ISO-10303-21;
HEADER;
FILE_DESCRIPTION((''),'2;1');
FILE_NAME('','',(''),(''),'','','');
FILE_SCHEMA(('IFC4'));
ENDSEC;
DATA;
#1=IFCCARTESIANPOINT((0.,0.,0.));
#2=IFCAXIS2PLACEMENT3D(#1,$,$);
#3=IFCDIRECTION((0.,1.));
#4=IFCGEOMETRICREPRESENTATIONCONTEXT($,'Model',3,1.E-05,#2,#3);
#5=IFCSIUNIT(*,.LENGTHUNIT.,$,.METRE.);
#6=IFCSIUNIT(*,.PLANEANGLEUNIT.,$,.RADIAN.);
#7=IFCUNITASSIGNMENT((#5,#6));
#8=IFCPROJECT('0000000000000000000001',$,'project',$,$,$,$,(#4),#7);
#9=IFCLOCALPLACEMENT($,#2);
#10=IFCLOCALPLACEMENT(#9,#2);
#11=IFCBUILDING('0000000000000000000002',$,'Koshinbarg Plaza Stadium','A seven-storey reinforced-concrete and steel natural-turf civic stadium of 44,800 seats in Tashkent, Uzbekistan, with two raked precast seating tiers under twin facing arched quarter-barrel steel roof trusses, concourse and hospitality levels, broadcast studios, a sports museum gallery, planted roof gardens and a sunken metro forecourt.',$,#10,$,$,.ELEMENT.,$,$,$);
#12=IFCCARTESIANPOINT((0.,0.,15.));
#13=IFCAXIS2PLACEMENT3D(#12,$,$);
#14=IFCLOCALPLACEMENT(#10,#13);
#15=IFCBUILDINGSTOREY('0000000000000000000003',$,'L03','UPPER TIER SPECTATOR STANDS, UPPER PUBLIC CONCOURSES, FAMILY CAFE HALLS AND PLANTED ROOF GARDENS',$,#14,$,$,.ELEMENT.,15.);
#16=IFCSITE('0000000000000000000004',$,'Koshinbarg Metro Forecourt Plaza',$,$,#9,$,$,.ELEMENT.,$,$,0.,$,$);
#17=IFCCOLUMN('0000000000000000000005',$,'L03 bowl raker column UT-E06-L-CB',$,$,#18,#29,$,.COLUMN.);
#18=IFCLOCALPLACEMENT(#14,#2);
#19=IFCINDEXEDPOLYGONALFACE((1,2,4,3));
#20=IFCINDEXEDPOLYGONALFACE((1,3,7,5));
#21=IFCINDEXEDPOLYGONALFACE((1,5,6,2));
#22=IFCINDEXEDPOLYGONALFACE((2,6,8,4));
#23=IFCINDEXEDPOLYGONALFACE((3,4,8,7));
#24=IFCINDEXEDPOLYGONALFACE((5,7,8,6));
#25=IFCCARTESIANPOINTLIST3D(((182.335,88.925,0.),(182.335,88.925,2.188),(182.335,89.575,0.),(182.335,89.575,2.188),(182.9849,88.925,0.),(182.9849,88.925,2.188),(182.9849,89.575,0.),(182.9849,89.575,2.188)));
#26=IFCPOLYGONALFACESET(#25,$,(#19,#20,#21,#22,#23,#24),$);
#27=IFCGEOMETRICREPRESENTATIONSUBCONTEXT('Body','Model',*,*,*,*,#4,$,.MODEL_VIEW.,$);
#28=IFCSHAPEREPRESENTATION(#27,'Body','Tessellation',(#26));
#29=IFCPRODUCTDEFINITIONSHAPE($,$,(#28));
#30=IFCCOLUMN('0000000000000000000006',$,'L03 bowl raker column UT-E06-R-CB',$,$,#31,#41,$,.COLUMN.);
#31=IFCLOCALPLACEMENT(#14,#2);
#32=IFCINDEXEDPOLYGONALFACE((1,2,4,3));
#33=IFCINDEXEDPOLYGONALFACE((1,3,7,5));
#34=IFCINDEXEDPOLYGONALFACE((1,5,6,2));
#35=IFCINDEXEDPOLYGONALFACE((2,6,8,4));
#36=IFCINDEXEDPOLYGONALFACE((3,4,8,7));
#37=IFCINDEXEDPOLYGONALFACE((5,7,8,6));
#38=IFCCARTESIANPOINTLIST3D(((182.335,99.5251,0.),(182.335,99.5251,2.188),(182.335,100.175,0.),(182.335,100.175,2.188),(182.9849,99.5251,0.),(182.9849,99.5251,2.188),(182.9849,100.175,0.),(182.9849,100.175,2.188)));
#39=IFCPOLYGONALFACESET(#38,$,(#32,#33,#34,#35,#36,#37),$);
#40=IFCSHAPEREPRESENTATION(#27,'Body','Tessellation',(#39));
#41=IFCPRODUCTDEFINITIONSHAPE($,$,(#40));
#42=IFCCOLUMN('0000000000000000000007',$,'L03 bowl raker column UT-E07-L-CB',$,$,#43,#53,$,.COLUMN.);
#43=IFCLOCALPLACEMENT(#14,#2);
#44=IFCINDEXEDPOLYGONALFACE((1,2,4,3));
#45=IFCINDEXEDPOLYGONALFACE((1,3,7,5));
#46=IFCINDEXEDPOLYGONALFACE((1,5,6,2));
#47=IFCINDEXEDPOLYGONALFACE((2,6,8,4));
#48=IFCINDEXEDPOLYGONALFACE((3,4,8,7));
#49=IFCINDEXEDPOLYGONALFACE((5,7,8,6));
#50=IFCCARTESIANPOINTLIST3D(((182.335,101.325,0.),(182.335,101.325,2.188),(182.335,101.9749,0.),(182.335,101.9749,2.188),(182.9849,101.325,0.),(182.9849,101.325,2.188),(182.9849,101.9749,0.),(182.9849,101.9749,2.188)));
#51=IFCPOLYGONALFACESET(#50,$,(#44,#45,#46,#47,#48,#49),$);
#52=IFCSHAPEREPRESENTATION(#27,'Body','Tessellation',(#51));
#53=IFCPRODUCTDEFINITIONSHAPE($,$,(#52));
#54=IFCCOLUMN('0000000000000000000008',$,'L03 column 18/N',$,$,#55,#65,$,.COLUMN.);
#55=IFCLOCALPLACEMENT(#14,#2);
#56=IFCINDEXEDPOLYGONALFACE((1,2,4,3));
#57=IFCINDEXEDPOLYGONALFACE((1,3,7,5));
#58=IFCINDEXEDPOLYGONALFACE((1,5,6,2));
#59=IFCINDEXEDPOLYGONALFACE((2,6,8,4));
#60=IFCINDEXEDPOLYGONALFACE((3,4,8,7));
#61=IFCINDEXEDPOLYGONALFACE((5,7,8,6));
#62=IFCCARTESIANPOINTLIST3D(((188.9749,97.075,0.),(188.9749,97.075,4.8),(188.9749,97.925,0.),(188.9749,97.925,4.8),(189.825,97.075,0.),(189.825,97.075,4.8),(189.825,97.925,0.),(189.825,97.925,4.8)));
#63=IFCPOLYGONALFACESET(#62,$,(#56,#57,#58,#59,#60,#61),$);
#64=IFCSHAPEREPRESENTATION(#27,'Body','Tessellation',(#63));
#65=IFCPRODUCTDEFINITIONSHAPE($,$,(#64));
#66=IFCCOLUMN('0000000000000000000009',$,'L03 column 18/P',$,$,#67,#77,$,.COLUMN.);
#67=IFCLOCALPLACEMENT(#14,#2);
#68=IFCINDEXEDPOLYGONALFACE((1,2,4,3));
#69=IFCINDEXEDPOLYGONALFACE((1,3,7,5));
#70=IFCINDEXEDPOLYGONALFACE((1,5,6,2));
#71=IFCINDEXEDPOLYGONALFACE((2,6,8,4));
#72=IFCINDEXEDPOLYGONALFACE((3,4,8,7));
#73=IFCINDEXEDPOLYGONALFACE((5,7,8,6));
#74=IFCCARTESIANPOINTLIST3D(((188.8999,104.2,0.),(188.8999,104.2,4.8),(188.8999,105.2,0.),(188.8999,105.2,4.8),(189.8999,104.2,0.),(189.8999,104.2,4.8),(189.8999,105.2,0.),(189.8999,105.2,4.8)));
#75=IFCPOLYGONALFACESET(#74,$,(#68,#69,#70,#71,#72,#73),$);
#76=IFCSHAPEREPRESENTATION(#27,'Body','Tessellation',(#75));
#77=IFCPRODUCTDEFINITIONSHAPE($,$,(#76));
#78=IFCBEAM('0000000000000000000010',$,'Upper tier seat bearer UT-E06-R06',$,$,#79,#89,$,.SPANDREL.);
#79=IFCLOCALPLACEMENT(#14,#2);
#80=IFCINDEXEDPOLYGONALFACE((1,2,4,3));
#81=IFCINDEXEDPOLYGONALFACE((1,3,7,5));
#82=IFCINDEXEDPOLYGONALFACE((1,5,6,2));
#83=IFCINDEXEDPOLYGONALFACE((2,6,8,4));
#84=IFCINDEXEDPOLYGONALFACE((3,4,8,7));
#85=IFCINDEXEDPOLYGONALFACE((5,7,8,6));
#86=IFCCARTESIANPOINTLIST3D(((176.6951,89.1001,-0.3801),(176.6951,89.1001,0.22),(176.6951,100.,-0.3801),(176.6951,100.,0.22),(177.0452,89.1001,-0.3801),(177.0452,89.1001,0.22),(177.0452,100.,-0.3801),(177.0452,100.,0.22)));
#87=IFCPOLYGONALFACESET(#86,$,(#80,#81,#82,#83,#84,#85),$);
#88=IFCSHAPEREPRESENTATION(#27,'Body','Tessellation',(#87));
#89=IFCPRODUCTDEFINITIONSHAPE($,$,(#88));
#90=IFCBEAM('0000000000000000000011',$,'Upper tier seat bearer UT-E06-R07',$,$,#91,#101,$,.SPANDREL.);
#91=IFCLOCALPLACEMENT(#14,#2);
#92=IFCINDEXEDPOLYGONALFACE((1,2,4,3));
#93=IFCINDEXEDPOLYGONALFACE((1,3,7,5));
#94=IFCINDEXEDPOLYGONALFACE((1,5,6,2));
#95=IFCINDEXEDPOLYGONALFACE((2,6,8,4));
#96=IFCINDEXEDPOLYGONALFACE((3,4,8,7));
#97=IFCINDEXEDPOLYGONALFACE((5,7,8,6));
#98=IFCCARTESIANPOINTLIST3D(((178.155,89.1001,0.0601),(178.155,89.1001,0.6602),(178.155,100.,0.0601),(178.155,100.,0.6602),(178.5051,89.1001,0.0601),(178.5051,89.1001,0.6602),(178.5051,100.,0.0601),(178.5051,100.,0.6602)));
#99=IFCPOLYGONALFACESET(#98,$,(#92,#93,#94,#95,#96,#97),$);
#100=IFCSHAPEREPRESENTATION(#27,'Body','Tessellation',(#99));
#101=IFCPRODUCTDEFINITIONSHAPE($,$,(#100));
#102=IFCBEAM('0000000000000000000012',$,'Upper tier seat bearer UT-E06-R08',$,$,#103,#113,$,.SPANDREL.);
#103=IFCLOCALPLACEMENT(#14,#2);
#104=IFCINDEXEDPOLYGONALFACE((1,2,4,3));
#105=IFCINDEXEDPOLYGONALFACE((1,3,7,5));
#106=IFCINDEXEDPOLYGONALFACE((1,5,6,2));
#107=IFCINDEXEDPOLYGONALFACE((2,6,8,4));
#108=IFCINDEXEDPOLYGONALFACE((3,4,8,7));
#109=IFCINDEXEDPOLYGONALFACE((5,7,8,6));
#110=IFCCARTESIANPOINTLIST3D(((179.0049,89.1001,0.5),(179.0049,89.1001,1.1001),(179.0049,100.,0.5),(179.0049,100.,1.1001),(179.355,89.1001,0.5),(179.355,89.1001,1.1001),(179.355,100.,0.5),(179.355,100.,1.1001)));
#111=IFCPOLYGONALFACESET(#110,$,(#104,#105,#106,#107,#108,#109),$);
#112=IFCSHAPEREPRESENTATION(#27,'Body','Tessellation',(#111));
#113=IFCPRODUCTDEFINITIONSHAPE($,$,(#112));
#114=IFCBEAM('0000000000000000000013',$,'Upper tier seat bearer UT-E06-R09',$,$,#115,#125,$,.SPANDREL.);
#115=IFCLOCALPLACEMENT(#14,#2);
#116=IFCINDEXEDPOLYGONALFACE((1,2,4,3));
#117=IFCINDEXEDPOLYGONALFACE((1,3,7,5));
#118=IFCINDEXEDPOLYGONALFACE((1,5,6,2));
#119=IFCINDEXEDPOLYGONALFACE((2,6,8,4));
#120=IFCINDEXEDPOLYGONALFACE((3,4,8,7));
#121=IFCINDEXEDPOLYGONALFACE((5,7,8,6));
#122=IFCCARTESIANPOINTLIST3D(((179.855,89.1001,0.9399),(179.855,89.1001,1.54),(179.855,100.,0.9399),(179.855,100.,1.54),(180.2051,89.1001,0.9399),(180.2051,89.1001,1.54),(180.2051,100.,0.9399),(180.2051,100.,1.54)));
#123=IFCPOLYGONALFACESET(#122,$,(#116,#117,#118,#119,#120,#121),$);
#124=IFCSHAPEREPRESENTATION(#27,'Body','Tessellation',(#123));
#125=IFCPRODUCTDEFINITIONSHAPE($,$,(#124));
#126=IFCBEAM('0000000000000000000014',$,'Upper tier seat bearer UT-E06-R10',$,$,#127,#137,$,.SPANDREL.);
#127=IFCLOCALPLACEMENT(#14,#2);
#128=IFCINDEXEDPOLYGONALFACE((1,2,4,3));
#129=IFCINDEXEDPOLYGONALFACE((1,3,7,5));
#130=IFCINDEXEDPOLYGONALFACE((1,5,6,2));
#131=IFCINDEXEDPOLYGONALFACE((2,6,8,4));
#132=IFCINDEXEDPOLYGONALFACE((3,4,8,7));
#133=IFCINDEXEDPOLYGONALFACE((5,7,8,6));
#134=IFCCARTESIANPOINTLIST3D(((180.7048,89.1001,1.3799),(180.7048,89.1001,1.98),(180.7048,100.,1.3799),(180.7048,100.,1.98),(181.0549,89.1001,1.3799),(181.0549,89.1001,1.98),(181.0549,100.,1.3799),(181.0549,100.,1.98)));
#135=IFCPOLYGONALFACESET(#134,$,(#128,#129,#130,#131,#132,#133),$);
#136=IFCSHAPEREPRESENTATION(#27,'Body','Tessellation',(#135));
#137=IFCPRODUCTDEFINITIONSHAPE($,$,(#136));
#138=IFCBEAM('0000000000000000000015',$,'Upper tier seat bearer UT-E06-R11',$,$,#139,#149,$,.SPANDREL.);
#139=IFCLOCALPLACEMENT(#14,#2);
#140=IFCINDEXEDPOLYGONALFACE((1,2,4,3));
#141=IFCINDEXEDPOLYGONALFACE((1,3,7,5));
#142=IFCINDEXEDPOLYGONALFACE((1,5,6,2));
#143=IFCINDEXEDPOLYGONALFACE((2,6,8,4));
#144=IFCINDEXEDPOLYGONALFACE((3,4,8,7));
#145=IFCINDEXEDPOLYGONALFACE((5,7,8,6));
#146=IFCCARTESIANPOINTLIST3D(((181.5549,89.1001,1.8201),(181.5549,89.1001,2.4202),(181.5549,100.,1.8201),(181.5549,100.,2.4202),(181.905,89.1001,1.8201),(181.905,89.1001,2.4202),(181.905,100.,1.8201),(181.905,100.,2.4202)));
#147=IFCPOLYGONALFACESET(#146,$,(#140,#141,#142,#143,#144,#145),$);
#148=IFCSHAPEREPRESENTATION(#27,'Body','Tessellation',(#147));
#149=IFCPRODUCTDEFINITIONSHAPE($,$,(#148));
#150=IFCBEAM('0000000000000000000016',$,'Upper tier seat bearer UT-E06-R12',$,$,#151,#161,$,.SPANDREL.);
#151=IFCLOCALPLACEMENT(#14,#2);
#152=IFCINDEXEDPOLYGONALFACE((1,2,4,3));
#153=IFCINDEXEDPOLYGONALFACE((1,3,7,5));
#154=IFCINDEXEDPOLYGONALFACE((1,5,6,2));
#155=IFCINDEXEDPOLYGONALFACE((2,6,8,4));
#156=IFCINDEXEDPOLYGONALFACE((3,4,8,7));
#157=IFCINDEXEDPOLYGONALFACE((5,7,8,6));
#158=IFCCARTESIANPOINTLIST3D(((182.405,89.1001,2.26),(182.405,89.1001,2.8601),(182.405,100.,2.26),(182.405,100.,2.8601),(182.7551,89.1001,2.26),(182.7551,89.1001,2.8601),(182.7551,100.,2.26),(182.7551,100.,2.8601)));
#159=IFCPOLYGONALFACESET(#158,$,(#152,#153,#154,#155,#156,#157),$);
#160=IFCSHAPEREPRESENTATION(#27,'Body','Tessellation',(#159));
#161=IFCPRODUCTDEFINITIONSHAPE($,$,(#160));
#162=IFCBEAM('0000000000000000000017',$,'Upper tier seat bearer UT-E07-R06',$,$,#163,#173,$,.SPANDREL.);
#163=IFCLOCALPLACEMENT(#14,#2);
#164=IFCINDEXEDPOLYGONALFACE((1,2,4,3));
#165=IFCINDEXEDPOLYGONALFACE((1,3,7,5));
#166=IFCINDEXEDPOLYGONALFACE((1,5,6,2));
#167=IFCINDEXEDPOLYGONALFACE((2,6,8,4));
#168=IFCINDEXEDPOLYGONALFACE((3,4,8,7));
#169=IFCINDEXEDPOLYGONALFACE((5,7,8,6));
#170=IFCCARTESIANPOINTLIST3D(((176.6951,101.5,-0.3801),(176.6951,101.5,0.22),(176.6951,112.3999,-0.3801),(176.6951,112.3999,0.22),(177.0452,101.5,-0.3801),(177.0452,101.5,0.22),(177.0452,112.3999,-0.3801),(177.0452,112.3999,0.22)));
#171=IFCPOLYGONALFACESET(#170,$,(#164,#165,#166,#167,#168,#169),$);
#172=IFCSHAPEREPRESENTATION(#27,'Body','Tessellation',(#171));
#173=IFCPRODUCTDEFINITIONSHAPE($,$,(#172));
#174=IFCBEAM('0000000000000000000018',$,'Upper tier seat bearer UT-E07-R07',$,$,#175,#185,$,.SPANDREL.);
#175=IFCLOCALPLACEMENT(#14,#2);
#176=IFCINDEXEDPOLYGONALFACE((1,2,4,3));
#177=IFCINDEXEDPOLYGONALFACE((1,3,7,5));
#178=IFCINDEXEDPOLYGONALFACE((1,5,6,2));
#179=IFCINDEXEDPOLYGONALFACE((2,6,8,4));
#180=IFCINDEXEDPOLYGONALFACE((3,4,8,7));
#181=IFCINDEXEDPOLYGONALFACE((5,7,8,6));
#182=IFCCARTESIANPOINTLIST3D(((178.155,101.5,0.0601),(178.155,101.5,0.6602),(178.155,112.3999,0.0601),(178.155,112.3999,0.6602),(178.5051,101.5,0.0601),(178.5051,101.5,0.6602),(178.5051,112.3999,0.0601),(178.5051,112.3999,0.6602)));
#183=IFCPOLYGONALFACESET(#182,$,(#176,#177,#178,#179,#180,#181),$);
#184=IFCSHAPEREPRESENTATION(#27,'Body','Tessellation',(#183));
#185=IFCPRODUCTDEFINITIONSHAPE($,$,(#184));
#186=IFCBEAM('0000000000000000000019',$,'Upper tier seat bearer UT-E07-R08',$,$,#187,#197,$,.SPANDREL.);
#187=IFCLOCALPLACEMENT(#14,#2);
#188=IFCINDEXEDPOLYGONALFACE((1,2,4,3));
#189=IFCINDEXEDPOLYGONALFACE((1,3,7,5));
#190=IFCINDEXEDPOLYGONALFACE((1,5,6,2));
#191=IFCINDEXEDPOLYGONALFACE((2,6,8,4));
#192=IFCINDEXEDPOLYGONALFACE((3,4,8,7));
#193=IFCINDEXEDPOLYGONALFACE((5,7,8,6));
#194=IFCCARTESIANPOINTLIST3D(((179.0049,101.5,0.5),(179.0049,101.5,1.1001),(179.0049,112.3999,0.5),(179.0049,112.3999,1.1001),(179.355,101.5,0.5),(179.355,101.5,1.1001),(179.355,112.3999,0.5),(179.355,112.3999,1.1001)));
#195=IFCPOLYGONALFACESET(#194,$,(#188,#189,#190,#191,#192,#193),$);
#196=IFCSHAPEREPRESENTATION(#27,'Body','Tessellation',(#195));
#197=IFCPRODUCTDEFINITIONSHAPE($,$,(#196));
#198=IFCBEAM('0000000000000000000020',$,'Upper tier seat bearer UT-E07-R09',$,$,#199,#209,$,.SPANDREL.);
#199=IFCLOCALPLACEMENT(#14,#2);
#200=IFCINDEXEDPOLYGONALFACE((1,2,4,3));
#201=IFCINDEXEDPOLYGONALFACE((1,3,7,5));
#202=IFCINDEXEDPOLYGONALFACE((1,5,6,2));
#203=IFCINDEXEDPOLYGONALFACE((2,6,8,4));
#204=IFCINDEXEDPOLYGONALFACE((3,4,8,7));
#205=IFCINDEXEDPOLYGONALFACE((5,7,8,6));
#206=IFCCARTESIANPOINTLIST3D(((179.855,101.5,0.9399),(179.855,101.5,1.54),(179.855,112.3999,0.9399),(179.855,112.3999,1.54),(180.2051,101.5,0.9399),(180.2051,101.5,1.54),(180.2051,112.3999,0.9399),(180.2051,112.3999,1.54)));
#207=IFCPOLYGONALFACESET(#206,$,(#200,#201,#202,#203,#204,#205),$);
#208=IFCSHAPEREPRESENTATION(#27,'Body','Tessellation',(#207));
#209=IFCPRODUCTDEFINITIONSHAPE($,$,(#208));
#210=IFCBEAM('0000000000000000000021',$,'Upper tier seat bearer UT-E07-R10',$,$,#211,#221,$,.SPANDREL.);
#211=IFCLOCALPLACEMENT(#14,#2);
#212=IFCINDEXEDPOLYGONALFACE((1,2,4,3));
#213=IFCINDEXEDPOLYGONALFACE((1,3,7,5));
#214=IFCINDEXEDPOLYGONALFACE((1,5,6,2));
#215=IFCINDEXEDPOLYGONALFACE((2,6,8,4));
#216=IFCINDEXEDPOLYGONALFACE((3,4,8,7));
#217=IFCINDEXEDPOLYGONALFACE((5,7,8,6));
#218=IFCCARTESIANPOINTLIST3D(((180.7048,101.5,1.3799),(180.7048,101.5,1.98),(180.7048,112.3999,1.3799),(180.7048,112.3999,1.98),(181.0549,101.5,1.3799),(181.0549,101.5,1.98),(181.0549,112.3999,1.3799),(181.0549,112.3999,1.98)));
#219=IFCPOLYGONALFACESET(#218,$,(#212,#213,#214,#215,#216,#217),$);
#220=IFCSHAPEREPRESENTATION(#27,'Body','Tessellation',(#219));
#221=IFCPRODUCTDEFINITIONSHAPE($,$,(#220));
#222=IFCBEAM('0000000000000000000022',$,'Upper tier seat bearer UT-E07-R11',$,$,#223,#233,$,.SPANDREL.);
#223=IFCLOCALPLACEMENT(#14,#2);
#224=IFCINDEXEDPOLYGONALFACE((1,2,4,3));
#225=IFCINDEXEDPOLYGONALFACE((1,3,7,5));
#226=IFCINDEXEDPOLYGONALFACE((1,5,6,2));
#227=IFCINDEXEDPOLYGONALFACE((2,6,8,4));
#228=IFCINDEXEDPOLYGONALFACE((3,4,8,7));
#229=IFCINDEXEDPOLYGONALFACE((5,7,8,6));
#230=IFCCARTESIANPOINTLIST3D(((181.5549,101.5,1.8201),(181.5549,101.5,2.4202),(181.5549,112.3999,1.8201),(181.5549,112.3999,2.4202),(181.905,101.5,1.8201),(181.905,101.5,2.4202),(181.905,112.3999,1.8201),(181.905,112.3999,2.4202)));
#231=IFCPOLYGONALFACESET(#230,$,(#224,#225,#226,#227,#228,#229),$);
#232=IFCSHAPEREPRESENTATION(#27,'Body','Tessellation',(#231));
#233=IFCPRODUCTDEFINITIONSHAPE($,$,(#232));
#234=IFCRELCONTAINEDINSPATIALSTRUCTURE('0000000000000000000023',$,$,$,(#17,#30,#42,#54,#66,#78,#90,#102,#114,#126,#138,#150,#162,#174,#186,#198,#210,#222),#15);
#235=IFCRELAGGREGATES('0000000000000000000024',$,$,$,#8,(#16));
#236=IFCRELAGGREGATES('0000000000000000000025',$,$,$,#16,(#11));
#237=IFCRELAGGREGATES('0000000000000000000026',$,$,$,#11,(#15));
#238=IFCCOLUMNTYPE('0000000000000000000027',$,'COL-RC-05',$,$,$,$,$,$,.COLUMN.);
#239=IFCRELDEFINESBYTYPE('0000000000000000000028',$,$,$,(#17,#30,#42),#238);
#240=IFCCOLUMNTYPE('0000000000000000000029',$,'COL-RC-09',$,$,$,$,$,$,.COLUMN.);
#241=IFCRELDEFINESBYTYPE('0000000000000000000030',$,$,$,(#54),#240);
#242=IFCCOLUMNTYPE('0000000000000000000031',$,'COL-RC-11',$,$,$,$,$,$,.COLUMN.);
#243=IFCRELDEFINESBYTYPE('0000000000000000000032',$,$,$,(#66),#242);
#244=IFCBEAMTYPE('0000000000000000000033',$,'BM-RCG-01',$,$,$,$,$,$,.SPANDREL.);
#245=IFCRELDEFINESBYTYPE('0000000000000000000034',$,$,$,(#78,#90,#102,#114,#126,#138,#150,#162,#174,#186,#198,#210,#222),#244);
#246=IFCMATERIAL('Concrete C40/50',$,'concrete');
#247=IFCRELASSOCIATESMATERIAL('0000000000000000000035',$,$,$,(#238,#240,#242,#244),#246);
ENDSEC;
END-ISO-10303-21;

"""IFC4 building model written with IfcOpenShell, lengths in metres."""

from ifc_helpers import new_model, si_unit, direction, frame, origin, origin_2d, place, context, subcontext, project, spatial, rectangle, extrude, material, material_profile, profile_set, type_object, element, save


model = new_model("IFC4")

# Units and contexts
model_context = context("Model", 3, precision=1e-05, world=origin(), true_north=direction((0.0, 1.0)))
body_context = subcontext(model_context, "Body", "Model", "MODEL_VIEW")
ifc_project = project(units=[si_unit("LENGTHUNIT", "METRE"), si_unit("PLANEANGLEUNIT", "RADIAN")], contexts=[model_context])

# Site, building, storey
site_placement = place(None, origin())
site = spatial("IfcSite", under=ifc_project, at=site_placement, Name="Koshinbarg Metro Forecourt Plaza", CompositionType="ELEMENT", RefElevation=0.0)
building_placement = place(site_placement, origin())
building = spatial("IfcBuilding", under=site, at=building_placement, Name="Koshinbarg Plaza Stadium", Description="A seven-storey reinforced-concrete and steel natural-turf civic stadium of 44,800 seats in Tashkent, Uzbekistan, with two raked precast seating tiers under twin facing arched quarter-barrel steel roof trusses, concourse and hospitality levels, broadcast studios, a sports museum gallery, planted roof gardens and a sunken metro forecourt.", CompositionType="ELEMENT")
storey_placement = place(building_placement, frame((0.0, 0.0, 15.0)))
storey = spatial("IfcBuildingStorey", under=building, at=storey_placement, Name="L03", Description="UPPER TIER SPECTATOR STANDS, UPPER PUBLIC CONCOURSES, FAMILY CAFE HALLS AND PLANTED ROOF GARDENS", CompositionType="ELEMENT", Elevation=15.0)

# Columns
ifc_material_1 = material(Name="Concrete C40/50", Category="concrete")
ifc_material_profile_1 = material_profile(ifc_material_1, rectangle(XDim=0.6499, YDim=0.6499, at=origin_2d()), Name="RC 650x650")
ifc_profile_set_1 = profile_set([ifc_material_profile_1], Name="Concrete C40/50")
column_type_1 = type_object("IfcColumnType", Name="COL-RC-05", PredefinedType="COLUMN", material=ifc_profile_set_1)
for number, where, z_axis, x_axis, name in (
    (1, (182.6599, 89.25, 0.0), (0.0, 0.0, 1.0), (1.0, 0.0, 0.0), "L03 bowl raker column UT-E06-L-CB"),
    (2, (182.6599, 99.8501, 0.0), (0.0, 0.0, 1.0), (1.0, 0.0, 0.0), "L03 bowl raker column UT-E06-R-CB"),
    (3, (182.6599, 101.6499, 0.0), (0.0, 0.0, 1.0), (1.0, 0.0, 0.0), "L03 bowl raker column UT-E07-L-CB"),
):
    element("IfcColumn", number, at=place(storey_placement, frame(where, z_axis=z_axis, x_axis=x_axis)), inside=storey, type_object=column_type_1, Name=name, PredefinedType="COLUMN", context=body_context, shape_type="SweptSolid", body=[
        extrude(rectangle(XDim=0.6499, YDim=0.6499, at=origin_2d()), origin(), (0.0, 0.0, 1.0), 2.188),
    ])
ifc_material_profile_2 = material_profile(ifc_material_1, rectangle(XDim=0.8501, YDim=0.8501, at=origin_2d()), Name="RC 850x850")
ifc_profile_set_2 = profile_set([ifc_material_profile_2], Name="Concrete C40/50")
column_type_2 = type_object("IfcColumnType", Name="COL-RC-09", PredefinedType="COLUMN", material=ifc_profile_set_2)
column_1_placement = place(storey_placement, frame((189.3999, 97.5, 0.0), z_axis=(0.0, 0.0, 1.0), x_axis=(1.0, 0.0, 0.0)))
element("IfcColumn", 4, at=column_1_placement, inside=storey, type_object=column_type_2, Name="L03 column 18/N", PredefinedType="COLUMN", context=body_context, shape_type="SweptSolid", body=[
    extrude(rectangle(XDim=0.8501, YDim=0.8501, at=origin_2d()), origin(), (0.0, 0.0, 1.0), 4.8),
])
ifc_material_profile_3 = material_profile(ifc_material_1, rectangle(XDim=1.0, YDim=1.0, at=origin_2d()), Name="RC 1000x1000")
ifc_profile_set_3 = profile_set([ifc_material_profile_3], Name="Concrete C40/50")
column_type_3 = type_object("IfcColumnType", Name="COL-RC-11", PredefinedType="COLUMN", material=ifc_profile_set_3)
column_2_placement = place(storey_placement, frame((189.3999, 104.7, 0.0), z_axis=(0.0, 0.0, 1.0), x_axis=(1.0, 0.0, 0.0)))
element("IfcColumn", 5, at=column_2_placement, inside=storey, type_object=column_type_3, Name="L03 column 18/P", PredefinedType="COLUMN", context=body_context, shape_type="SweptSolid", body=[
    extrude(rectangle(XDim=1.0, YDim=1.0, at=origin_2d()), origin(), (0.0, 0.0, 1.0), 4.8),
])

# Beams
ifc_material_profile_4 = material_profile(ifc_material_1, rectangle(XDim=0.3501, YDim=0.6001, at=origin_2d()), Name="RC 350x600")
ifc_profile_set_4 = profile_set([ifc_material_profile_4], Name="Concrete C40/50")
beam_type_1 = type_object("IfcBeamType", Name="BM-RCG-01", PredefinedType="SPANDREL", material=ifc_profile_set_4)
for number, where, z_axis, x_axis, name in (
    (6, (176.8701, 89.1001, -0.0801), (0.0, 1.0, 0.0), (-1.0, 0.0, 0.0), "Upper tier seat bearer UT-E06-R06"),
    (7, (178.3301, 89.1001, 0.3601), (0.0, 1.0, 0.0), (-1.0, 0.0, 0.0), "Upper tier seat bearer UT-E06-R07"),
    (8, (179.1799, 89.1001, 0.8), (0.0, 1.0, 0.0), (-1.0, 0.0, 0.0), "Upper tier seat bearer UT-E06-R08"),
    (9, (180.03, 89.1001, 1.24), (0.0, 1.0, 0.0), (-1.0, 0.0, 0.0), "Upper tier seat bearer UT-E06-R09"),
    (10, (180.8799, 89.1001, 1.6799), (0.0, 1.0, 0.0), (-1.0, 0.0, 0.0), "Upper tier seat bearer UT-E06-R10"),
    (11, (181.73, 89.1001, 2.1201), (0.0, 1.0, 0.0), (-1.0, 0.0, 0.0), "Upper tier seat bearer UT-E06-R11"),
    (12, (182.5801, 89.1001, 2.5601), (0.0, 1.0, 0.0), (-1.0, 0.0, 0.0), "Upper tier seat bearer UT-E06-R12"),
    (13, (176.8701, 101.5, -0.0801), (0.0, 1.0, 0.0), (-1.0, 0.0, 0.0), "Upper tier seat bearer UT-E07-R06"),
    (14, (178.3301, 101.5, 0.3601), (0.0, 1.0, 0.0), (-1.0, 0.0, 0.0), "Upper tier seat bearer UT-E07-R07"),
    (15, (179.1799, 101.5, 0.8), (0.0, 1.0, 0.0), (-1.0, 0.0, 0.0), "Upper tier seat bearer UT-E07-R08"),
    (16, (180.03, 101.5, 1.24), (0.0, 1.0, 0.0), (-1.0, 0.0, 0.0), "Upper tier seat bearer UT-E07-R09"),
    (17, (180.8799, 101.5, 1.6799), (0.0, 1.0, 0.0), (-1.0, 0.0, 0.0), "Upper tier seat bearer UT-E07-R10"),
    (18, (181.73, 101.5, 2.1201), (0.0, 1.0, 0.0), (-1.0, 0.0, 0.0), "Upper tier seat bearer UT-E07-R11"),
):
    element("IfcBeam", number, at=place(storey_placement, frame(where, z_axis=z_axis, x_axis=x_axis)), inside=storey, type_object=beam_type_1, Name=name, PredefinedType="SPANDREL", context=body_context, shape_type="SweptSolid", body=[
        extrude(rectangle(XDim=0.3501, YDim=0.6001, at=origin_2d()), origin(), (0.0, 0.0, 1.0), 10.8999),
    ])

save(model, "model.ifc")
